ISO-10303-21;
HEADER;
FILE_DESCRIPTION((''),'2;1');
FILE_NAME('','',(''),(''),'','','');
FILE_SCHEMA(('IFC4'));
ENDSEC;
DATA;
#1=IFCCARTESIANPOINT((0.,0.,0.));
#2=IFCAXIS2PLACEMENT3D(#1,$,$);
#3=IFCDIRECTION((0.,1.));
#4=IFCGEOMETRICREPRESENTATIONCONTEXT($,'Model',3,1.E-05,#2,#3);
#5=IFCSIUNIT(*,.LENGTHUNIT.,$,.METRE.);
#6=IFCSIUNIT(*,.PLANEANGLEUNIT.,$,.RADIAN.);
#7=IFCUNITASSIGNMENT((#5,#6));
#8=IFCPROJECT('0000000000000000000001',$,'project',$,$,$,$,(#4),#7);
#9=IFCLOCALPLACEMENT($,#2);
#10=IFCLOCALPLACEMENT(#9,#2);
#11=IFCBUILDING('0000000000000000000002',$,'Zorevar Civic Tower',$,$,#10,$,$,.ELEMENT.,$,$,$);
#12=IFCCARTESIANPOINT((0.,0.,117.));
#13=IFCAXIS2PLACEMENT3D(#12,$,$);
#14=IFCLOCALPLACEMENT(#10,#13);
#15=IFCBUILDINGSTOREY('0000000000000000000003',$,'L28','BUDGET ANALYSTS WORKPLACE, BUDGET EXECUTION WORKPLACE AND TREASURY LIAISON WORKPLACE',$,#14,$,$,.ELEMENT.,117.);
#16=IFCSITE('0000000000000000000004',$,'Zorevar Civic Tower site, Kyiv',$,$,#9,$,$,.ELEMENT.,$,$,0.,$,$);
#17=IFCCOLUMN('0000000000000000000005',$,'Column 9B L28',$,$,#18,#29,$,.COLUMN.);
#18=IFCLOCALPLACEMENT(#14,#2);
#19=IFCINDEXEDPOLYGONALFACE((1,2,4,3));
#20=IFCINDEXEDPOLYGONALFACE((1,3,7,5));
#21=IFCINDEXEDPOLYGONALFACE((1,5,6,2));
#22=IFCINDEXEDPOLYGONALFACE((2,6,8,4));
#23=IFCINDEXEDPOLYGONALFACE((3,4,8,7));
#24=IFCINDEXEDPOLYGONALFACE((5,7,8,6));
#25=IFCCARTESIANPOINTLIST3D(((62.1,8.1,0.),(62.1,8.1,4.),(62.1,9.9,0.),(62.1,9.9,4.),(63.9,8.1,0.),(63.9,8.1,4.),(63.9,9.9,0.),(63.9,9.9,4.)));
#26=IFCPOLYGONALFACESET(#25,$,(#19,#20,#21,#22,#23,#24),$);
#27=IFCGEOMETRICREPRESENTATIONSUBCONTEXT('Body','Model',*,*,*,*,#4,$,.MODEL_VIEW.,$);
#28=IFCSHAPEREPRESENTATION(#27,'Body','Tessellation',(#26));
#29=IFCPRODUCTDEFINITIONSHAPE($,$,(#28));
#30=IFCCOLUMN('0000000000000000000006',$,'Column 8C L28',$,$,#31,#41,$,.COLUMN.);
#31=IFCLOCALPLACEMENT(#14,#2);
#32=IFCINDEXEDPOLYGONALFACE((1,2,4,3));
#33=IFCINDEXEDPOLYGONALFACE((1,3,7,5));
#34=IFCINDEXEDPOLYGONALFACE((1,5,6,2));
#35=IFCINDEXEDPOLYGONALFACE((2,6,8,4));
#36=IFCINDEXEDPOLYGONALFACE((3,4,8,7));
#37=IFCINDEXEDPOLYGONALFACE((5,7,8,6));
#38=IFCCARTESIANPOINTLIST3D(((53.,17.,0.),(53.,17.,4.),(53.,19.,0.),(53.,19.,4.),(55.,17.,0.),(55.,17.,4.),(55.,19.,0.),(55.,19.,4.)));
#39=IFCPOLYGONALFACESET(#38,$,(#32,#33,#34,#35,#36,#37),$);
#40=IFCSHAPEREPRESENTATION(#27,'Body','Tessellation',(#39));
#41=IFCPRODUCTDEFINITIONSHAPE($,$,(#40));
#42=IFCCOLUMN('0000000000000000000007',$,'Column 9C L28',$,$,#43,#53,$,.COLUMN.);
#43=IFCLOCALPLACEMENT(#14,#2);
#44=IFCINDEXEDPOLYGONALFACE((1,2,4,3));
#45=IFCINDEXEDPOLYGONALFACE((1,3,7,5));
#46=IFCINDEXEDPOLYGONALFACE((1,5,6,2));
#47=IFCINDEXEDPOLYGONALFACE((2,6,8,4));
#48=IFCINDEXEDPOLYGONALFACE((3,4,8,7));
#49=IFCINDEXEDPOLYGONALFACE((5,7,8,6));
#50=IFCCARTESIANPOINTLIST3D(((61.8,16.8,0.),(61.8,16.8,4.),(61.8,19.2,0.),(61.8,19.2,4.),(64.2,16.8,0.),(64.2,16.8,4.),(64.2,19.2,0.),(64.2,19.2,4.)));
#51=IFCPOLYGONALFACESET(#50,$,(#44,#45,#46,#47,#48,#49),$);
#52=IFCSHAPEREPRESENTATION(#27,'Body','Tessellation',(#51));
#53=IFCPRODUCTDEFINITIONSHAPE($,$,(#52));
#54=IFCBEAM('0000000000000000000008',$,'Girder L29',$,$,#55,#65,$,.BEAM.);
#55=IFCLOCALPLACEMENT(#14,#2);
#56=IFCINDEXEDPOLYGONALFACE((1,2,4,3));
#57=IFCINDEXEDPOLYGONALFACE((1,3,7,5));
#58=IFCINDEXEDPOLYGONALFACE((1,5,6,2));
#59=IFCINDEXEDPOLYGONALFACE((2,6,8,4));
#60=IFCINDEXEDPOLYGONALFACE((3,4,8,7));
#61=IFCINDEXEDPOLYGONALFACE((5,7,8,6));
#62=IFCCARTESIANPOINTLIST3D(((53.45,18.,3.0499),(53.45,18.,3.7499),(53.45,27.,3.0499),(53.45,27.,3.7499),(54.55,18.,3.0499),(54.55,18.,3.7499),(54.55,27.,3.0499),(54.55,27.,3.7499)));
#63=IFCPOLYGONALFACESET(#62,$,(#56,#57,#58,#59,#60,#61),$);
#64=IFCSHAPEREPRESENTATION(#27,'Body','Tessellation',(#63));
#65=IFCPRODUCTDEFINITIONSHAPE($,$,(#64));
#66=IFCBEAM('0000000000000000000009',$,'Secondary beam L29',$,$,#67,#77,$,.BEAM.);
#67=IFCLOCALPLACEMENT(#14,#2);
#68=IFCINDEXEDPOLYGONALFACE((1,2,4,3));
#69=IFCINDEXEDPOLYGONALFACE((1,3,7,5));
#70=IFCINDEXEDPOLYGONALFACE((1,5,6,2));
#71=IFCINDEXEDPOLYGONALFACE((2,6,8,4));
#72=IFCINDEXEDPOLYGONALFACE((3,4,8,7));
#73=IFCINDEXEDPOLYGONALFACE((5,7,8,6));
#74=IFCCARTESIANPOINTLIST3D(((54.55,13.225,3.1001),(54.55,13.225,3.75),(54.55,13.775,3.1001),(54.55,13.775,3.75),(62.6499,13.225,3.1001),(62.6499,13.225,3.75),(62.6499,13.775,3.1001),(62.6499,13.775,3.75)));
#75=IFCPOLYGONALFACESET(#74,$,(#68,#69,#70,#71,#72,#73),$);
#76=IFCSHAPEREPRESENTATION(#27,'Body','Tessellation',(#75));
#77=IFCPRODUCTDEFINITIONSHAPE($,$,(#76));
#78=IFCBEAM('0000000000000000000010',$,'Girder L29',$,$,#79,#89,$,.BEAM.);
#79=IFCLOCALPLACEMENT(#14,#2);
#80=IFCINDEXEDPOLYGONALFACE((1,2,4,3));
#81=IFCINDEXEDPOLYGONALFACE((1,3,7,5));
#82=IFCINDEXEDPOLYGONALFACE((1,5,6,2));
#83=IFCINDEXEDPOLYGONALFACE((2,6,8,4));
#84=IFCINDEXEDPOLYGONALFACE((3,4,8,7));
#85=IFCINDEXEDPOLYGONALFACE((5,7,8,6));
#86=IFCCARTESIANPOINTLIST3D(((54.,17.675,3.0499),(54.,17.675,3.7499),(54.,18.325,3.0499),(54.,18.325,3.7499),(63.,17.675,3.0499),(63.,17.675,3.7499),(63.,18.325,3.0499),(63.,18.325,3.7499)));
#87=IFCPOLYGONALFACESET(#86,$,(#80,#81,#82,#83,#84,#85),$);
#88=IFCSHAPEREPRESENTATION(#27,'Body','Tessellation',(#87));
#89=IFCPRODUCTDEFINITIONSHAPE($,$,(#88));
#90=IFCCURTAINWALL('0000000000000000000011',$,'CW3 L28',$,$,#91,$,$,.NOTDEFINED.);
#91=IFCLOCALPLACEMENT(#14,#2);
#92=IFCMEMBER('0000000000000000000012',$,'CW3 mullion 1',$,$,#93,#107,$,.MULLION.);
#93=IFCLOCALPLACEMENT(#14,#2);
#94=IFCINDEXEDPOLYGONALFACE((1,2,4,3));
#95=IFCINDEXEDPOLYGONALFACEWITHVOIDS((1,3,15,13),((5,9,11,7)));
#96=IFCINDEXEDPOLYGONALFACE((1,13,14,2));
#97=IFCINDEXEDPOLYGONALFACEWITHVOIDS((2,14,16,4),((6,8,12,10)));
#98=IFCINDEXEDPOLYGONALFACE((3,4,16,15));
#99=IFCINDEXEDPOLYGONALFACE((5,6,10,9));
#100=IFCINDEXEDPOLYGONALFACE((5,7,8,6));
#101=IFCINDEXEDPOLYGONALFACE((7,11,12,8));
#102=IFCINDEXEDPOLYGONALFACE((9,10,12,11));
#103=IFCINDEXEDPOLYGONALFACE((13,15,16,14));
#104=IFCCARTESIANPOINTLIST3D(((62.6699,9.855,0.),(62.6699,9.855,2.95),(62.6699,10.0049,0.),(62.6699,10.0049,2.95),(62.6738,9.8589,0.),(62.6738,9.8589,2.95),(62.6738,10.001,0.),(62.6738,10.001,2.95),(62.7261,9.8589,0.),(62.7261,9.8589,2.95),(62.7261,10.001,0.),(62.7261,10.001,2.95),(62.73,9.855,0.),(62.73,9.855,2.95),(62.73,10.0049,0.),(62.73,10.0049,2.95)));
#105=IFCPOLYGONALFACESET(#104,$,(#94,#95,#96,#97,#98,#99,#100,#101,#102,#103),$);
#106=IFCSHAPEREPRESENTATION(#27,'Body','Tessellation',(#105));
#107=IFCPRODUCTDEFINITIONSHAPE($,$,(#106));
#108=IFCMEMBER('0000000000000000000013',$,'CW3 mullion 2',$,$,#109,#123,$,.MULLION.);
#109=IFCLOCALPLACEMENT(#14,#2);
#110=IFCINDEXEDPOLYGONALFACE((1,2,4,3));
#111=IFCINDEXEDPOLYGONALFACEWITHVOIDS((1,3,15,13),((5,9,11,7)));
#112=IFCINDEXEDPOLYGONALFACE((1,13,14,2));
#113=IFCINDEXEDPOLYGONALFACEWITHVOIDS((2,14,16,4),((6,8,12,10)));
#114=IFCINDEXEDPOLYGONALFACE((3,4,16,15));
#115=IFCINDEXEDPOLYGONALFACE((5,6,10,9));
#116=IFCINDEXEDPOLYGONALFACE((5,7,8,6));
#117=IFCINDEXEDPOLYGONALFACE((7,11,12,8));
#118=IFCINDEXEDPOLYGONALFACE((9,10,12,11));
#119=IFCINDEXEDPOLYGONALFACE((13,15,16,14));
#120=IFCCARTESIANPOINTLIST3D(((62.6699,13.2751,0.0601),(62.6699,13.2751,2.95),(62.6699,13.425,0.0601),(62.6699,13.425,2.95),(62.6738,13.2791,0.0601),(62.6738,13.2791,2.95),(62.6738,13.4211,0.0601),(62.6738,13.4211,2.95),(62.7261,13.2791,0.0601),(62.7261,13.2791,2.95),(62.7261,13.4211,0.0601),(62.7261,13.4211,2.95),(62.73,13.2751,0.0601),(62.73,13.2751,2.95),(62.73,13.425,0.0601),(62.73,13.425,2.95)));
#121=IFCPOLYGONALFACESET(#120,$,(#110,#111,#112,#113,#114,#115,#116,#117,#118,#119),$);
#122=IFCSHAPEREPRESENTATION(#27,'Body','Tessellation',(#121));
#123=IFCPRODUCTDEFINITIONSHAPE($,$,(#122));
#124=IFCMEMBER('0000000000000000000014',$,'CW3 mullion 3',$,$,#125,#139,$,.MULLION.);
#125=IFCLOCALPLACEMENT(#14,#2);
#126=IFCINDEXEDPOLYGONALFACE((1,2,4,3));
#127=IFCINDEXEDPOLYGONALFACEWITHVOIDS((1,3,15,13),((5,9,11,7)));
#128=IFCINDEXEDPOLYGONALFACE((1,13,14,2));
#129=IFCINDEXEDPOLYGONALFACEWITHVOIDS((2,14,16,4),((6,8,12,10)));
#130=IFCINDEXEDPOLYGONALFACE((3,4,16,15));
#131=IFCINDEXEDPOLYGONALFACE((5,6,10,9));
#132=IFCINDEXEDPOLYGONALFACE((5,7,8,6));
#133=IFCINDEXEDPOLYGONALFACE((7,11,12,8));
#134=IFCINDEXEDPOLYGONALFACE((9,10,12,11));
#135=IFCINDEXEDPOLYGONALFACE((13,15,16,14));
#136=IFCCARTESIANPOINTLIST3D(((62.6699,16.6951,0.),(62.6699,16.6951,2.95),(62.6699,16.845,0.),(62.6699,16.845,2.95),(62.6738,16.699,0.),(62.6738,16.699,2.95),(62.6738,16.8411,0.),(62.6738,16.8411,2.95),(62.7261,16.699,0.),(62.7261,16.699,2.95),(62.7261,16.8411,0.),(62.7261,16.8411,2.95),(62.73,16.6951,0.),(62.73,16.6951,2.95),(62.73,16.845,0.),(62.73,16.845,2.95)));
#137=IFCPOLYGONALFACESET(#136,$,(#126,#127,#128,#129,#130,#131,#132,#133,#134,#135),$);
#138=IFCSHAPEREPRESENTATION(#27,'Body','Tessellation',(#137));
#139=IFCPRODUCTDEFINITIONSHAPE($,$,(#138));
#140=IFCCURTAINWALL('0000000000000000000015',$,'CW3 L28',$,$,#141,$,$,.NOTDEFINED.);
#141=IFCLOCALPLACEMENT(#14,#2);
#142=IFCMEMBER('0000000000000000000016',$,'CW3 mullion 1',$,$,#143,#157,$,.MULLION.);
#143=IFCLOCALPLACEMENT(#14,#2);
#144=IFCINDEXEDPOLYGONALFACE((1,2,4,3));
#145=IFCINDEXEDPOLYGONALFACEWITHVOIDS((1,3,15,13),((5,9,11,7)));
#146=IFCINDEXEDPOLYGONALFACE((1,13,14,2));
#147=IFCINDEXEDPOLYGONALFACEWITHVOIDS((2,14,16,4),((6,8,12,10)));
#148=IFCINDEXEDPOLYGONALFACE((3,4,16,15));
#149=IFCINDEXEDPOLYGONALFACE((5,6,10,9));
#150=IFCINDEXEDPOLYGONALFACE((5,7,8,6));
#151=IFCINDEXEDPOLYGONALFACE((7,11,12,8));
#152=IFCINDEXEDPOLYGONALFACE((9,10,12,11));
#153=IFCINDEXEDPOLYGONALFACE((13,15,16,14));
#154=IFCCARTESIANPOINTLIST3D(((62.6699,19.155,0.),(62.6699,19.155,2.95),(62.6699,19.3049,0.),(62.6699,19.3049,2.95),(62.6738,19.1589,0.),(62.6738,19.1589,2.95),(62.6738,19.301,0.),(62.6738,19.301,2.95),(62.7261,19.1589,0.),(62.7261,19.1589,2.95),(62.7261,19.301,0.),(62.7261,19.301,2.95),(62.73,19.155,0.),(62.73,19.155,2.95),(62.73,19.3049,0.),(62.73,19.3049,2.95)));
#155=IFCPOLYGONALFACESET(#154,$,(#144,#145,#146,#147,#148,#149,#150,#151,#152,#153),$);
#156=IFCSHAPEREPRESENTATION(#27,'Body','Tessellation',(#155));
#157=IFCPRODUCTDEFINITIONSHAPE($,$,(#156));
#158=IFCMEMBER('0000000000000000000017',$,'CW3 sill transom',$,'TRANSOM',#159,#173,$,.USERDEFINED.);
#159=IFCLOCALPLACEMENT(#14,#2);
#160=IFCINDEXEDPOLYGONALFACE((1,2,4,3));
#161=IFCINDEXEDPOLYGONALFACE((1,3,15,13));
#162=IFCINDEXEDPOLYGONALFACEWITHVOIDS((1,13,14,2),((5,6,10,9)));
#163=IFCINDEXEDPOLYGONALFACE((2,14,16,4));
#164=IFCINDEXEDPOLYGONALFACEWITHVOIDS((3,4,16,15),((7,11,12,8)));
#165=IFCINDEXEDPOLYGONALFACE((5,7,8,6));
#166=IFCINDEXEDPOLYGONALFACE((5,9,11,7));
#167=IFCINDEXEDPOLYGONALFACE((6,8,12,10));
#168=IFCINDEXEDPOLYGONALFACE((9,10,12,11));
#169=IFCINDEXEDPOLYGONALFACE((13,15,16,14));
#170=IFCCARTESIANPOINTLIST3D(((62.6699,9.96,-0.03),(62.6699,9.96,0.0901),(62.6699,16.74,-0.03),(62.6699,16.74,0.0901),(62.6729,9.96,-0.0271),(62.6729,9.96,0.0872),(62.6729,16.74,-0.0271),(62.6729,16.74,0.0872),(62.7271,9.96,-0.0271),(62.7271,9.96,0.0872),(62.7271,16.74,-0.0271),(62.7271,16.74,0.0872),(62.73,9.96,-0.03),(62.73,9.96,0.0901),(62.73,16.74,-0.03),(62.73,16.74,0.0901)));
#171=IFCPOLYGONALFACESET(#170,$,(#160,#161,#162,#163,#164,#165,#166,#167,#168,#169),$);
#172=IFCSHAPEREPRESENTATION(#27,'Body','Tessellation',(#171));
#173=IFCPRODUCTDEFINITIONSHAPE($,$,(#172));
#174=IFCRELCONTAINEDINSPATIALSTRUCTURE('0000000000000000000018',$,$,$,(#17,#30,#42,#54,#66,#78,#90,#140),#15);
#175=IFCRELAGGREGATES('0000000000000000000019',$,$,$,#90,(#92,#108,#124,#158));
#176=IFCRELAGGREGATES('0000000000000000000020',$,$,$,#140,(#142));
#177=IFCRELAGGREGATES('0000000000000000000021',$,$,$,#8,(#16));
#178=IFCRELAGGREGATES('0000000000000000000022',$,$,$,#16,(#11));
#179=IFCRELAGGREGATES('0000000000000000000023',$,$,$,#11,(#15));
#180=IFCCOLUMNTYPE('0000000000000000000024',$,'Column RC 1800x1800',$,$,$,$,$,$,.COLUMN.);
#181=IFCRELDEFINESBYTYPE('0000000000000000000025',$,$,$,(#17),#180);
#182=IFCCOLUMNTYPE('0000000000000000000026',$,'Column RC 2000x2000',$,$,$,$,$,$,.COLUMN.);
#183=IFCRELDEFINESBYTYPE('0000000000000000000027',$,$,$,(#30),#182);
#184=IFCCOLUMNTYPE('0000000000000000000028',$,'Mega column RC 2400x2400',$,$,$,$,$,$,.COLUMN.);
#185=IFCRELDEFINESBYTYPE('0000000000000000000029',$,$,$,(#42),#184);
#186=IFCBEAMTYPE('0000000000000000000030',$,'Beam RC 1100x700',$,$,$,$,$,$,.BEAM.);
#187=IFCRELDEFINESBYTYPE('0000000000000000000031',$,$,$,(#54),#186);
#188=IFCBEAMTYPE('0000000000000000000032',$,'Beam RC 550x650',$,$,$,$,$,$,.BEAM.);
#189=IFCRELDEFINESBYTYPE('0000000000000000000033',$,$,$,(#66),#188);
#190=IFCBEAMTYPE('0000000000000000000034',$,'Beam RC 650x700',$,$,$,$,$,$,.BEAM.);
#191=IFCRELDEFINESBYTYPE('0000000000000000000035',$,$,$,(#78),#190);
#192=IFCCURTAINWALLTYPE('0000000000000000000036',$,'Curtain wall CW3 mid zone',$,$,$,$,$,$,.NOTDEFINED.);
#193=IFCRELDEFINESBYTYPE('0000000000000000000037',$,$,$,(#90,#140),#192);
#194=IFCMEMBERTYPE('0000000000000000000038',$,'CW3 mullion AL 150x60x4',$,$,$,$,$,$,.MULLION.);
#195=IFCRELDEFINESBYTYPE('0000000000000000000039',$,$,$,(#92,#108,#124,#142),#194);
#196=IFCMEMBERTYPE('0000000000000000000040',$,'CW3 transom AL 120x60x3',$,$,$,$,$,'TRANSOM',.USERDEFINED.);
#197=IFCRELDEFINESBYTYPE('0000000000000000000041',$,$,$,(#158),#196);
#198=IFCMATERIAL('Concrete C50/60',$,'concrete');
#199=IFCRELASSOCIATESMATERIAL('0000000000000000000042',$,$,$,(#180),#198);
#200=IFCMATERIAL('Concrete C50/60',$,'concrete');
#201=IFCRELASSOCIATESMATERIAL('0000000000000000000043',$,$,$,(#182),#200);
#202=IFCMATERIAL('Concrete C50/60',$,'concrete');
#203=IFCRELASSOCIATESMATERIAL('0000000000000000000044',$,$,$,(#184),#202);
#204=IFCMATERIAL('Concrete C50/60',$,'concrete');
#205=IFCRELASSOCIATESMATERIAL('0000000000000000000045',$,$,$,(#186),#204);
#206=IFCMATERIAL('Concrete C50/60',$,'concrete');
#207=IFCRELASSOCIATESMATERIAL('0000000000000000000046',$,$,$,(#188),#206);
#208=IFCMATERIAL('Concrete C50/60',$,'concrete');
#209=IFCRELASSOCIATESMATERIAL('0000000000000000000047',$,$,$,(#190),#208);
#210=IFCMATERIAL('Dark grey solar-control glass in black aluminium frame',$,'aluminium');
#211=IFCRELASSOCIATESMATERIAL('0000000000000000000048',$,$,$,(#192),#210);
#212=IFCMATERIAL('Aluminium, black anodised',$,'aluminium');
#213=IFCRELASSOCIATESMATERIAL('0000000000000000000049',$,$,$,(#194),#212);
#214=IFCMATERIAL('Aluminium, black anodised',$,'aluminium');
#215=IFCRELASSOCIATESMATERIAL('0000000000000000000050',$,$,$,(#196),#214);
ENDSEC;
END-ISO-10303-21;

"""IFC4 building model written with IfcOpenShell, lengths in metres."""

from ifc_helpers import new_model, si_unit, direction, frame, origin, origin_2d, place, context, subcontext, project, spatial, rectangle, hollow_rectangle, extrude, material, material_profile, profile_set, type_object, element, aggregate, save


model = new_model("IFC4")

# Units and contexts
model_context = context("Model", 3, precision=1e-05, world=origin(), true_north=direction((0.0, 1.0)))
body_context = subcontext(model_context, "Body", "Model", "MODEL_VIEW")
ifc_project = project(units=[si_unit("LENGTHUNIT", "METRE"), si_unit("PLANEANGLEUNIT", "RADIAN")], contexts=[model_context])

# Site, building, storey
site_placement = place(None, origin())
site = spatial("IfcSite", under=ifc_project, at=site_placement, Name="Zorevar Civic Tower site, Kyiv", CompositionType="ELEMENT", RefElevation=0.0)
building_placement = place(site_placement, origin())
building = spatial("IfcBuilding", under=site, at=building_placement, Name="Zorevar Civic Tower", CompositionType="ELEMENT")
storey_placement = place(building_placement, frame((0.0, 0.0, 117.0)))
storey = spatial("IfcBuildingStorey", under=building, at=storey_placement, Name="L28", Description="BUDGET ANALYSTS WORKPLACE, BUDGET EXECUTION WORKPLACE AND TREASURY LIAISON WORKPLACE", CompositionType="ELEMENT", Elevation=117.0)

# Columns
ifc_material_1 = material(Name="Concrete C50/60", Category="concrete")
ifc_material_profile_1 = material_profile(ifc_material_1, rectangle(XDim=1.8, YDim=1.8, at=origin_2d()), Name="RC 1800x1800")
ifc_profile_set_1 = profile_set([ifc_material_profile_1], Name="Concrete C50/60")
column_type_1 = type_object("IfcColumnType", Name="Column RC 1800x1800", PredefinedType="COLUMN", material=ifc_profile_set_1)
column_1_placement = place(storey_placement, frame((63.0, 9.0, 0.0), z_axis=(0.0, 0.0, 1.0), x_axis=(1.0, 0.0, 0.0)))
element("IfcColumn", 1, at=column_1_placement, inside=storey, type_object=column_type_1, Name="Column 9B L28", PredefinedType="COLUMN", context=body_context, shape_type="SweptSolid", body=[
    extrude(rectangle(XDim=1.8, YDim=1.8, at=origin_2d()), origin(), (0.0, 0.0, 1.0), 4.0),
])
ifc_material_2 = material(Name="Concrete C50/60", Category="concrete")
ifc_material_profile_2 = material_profile(ifc_material_2, rectangle(XDim=2.0, YDim=2.0, at=origin_2d()), Name="RC 2000x2000")
ifc_profile_set_2 = profile_set([ifc_material_profile_2], Name="Concrete C50/60")
column_type_2 = type_object("IfcColumnType", Name="Column RC 2000x2000", PredefinedType="COLUMN", material=ifc_profile_set_2)
column_2_placement = place(storey_placement, frame((54.0, 18.0, 0.0), z_axis=(0.0, 0.0, 1.0), x_axis=(1.0, 0.0, 0.0)))
element("IfcColumn", 2, at=column_2_placement, inside=storey, type_object=column_type_2, Name="Column 8C L28", PredefinedType="COLUMN", context=body_context, shape_type="SweptSolid", body=[
    extrude(rectangle(XDim=2.0, YDim=2.0, at=origin_2d()), origin(), (0.0, 0.0, 1.0), 4.0),
])
ifc_material_3 = material(Name="Concrete C50/60", Category="concrete")
ifc_material_profile_3 = material_profile(ifc_material_3, rectangle(XDim=2.3999, YDim=2.3999, at=origin_2d()), Name="RC 2400x2400")
ifc_profile_set_3 = profile_set([ifc_material_profile_3], Name="Concrete C50/60")
column_type_3 = type_object("IfcColumnType", Name="Mega column RC 2400x2400", PredefinedType="COLUMN", material=ifc_profile_set_3)
column_3_placement = place(storey_placement, frame((63.0, 18.0, 0.0), z_axis=(0.0, 0.0, 1.0), x_axis=(1.0, 0.0, 0.0)))
element("IfcColumn", 3, at=column_3_placement, inside=storey, type_object=column_type_3, Name="Column 9C L28", PredefinedType="COLUMN", context=body_context, shape_type="SweptSolid", body=[
    extrude(rectangle(XDim=2.3999, YDim=2.3999, at=origin_2d()), origin(), (0.0, 0.0, 1.0), 4.0),
])

# Beams
ifc_material_4 = material(Name="Concrete C50/60", Category="concrete")
ifc_material_profile_4 = material_profile(ifc_material_4, rectangle(XDim=1.1001, YDim=0.7, at=origin_2d()), Name="RC 1100x700")
ifc_profile_set_4 = profile_set([ifc_material_profile_4], Name="Concrete C50/60")
beam_type_1 = type_object("IfcBeamType", Name="Beam RC 1100x700", PredefinedType="BEAM", material=ifc_profile_set_4)
beam_1_placement = place(storey_placement, frame((54.0, 18.0, 3.3999), z_axis=(0.0, 1.0, 0.0), x_axis=(-1.0, 0.0, 0.0)))
element("IfcBeam", 4, at=beam_1_placement, inside=storey, type_object=beam_type_1, Name="Girder L29", PredefinedType="BEAM", context=body_context, shape_type="SweptSolid", body=[
    extrude(rectangle(XDim=1.1001, YDim=0.7, at=origin_2d()), origin(), (0.0, 0.0, 1.0), 9.0),
])
ifc_material_5 = material(Name="Concrete C50/60", Category="concrete")
ifc_material_profile_5 = material_profile(ifc_material_5, rectangle(XDim=0.55, YDim=0.6499, at=origin_2d()), Name="RC 550x650")
ifc_profile_set_5 = profile_set([ifc_material_profile_5], Name="Concrete C50/60")
beam_type_2 = type_object("IfcBeamType", Name="Beam RC 550x650", PredefinedType="BEAM", material=ifc_profile_set_5)
beam_2_placement = place(storey_placement, frame((54.55, 13.5, 3.425), z_axis=(1.0, 0.0, 0.0), x_axis=(0.0, 1.0, 0.0)))
element("IfcBeam", 5, at=beam_2_placement, inside=storey, type_object=beam_type_2, Name="Secondary beam L29", PredefinedType="BEAM", context=body_context, shape_type="SweptSolid", body=[
    extrude(rectangle(XDim=0.55, YDim=0.6499, at=origin_2d()), origin(), (0.0, 0.0, 1.0), 8.0999),
])
ifc_material_6 = material(Name="Concrete C50/60", Category="concrete")
ifc_material_profile_6 = material_profile(ifc_material_6, rectangle(XDim=0.6499, YDim=0.7, at=origin_2d()), Name="RC 650x700")
ifc_profile_set_6 = profile_set([ifc_material_profile_6], Name="Concrete C50/60")
beam_type_3 = type_object("IfcBeamType", Name="Beam RC 650x700", PredefinedType="BEAM", material=ifc_profile_set_6)
beam_3_placement = place(storey_placement, frame((54.0, 18.0, 3.3999), z_axis=(1.0, 0.0, 0.0), x_axis=(0.0, 1.0, 0.0)))
element("IfcBeam", 6, at=beam_3_placement, inside=storey, type_object=beam_type_3, Name="Girder L29", PredefinedType="BEAM", context=body_context, shape_type="SweptSolid", body=[
    extrude(rectangle(XDim=0.6499, YDim=0.7, at=origin_2d()), origin(), (0.0, 0.0, 1.0), 9.0),
])

# Curtain wall, members
ifc_material_7 = material(Name="Dark grey solar-control glass in black aluminium frame", Category="aluminium")
curtain_wall_type = type_object("IfcCurtainWallType", Name="Curtain wall CW3 mid zone", PredefinedType="NOTDEFINED", material=ifc_material_7)
curtain_wall_1_placement = place(storey_placement, origin())
curtain_wall_1 = element("IfcCurtainWall", 7, at=curtain_wall_1_placement, inside=storey, type_object=curtain_wall_type, Name="CW3 L28", PredefinedType="NOTDEFINED")
ifc_material_8 = material(Name="Aluminium, black anodised", Category="aluminium")
ifc_material_profile_7 = material_profile(ifc_material_8, hollow_rectangle(XDim=0.0601, YDim=0.1499, WallThickness=0.0039, at=origin_2d()), Name="AL 150x60x4")
ifc_profile_set_7 = profile_set([ifc_material_profile_7], Name="Aluminium, black anodised")
member_type_1 = type_object("IfcMemberType", Name="CW3 mullion AL 150x60x4", PredefinedType="MULLION", material=ifc_profile_set_7)
member_1_placement = place(storey_placement, frame((62.7, 9.9299, 0.0), z_axis=(0.0, 0.0, 1.0), x_axis=(-1.0, 0.0, 0.0)))
member_1 = element("IfcMember", 8, at=member_1_placement, type_object=member_type_1, Name="CW3 mullion 1", PredefinedType="MULLION", context=body_context, shape_type="SweptSolid", body=[
    extrude(hollow_rectangle(XDim=0.0601, YDim=0.1499, WallThickness=0.0039, at=origin_2d()), origin(), (0.0, 0.0, 1.0), 2.95),
])
member_2_placement = place(storey_placement, frame((62.7, 13.3501, 0.0601), z_axis=(0.0, 0.0, 1.0), x_axis=(-1.0, 0.0, 0.0)))
member_2 = element("IfcMember", 9, at=member_2_placement, type_object=member_type_1, Name="CW3 mullion 2", PredefinedType="MULLION", context=body_context, shape_type="SweptSolid", body=[
    extrude(hollow_rectangle(XDim=0.0601, YDim=0.1499, WallThickness=0.0039, at=origin_2d()), origin(), (0.0, 0.0, 1.0), 2.8899),
])
member_3_placement = place(storey_placement, frame((62.7, 16.77, 0.0), z_axis=(0.0, 0.0, 1.0), x_axis=(-1.0, 0.0, 0.0)))
member_3 = element("IfcMember", 10, at=member_3_placement, type_object=member_type_1, Name="CW3 mullion 3", PredefinedType="MULLION", context=body_context, shape_type="SweptSolid", body=[
    extrude(hollow_rectangle(XDim=0.0601, YDim=0.1499, WallThickness=0.0039, at=origin_2d()), origin(), (0.0, 0.0, 1.0), 2.95),
])

# Curtain wall, member
curtain_wall_2_placement = place(storey_placement, origin())
curtain_wall_2 = element("IfcCurtainWall", 11, at=curtain_wall_2_placement, inside=storey, type_object=curtain_wall_type, Name="CW3 L28", PredefinedType="NOTDEFINED")
member_4_placement = place(storey_placement, frame((62.7, 19.23, 0.0), z_axis=(0.0, 0.0, 1.0), x_axis=(-1.0, 0.0, 0.0)))
member_4 = element("IfcMember", 12, at=member_4_placement, type_object=member_type_1, Name="CW3 mullion 1", PredefinedType="MULLION", context=body_context, shape_type="SweptSolid", body=[
    extrude(hollow_rectangle(XDim=0.0601, YDim=0.1499, WallThickness=0.0039, at=origin_2d()), origin(), (0.0, 0.0, 1.0), 2.95),
])

# Member
ifc_material_9 = material(Name="Aluminium, black anodised", Category="aluminium")
ifc_material_profile_8 = material_profile(ifc_material_9, hollow_rectangle(XDim=0.0601, YDim=0.1201, WallThickness=0.0029, at=origin_2d()), Name="AL 120x60x3")
ifc_profile_set_8 = profile_set([ifc_material_profile_8], Name="Aluminium, black anodised")
member_type_2 = type_object("IfcMemberType", Name="CW3 transom AL 120x60x3", ElementType="TRANSOM", PredefinedType="USERDEFINED", material=ifc_profile_set_8)
member_5_placement = place(storey_placement, frame((62.7, 9.96, 0.03), z_axis=(0.0, 1.0, 0.0), x_axis=(-1.0, 0.0, 0.0)))
member_5 = element("IfcMember", 13, at=member_5_placement, type_object=member_type_2, Name="CW3 sill transom", ObjectType="TRANSOM", PredefinedType="USERDEFINED", context=body_context, shape_type="SweptSolid", body=[
    extrude(hollow_rectangle(XDim=0.0601, YDim=0.1201, WallThickness=0.0029, at=origin_2d()), origin(), (0.0, 0.0, 1.0), 6.78),
])

aggregate(curtain_wall_1, [member_1, member_2, member_3, member_5])
aggregate(curtain_wall_2, [member_4])

save(model, "model.ifc")
